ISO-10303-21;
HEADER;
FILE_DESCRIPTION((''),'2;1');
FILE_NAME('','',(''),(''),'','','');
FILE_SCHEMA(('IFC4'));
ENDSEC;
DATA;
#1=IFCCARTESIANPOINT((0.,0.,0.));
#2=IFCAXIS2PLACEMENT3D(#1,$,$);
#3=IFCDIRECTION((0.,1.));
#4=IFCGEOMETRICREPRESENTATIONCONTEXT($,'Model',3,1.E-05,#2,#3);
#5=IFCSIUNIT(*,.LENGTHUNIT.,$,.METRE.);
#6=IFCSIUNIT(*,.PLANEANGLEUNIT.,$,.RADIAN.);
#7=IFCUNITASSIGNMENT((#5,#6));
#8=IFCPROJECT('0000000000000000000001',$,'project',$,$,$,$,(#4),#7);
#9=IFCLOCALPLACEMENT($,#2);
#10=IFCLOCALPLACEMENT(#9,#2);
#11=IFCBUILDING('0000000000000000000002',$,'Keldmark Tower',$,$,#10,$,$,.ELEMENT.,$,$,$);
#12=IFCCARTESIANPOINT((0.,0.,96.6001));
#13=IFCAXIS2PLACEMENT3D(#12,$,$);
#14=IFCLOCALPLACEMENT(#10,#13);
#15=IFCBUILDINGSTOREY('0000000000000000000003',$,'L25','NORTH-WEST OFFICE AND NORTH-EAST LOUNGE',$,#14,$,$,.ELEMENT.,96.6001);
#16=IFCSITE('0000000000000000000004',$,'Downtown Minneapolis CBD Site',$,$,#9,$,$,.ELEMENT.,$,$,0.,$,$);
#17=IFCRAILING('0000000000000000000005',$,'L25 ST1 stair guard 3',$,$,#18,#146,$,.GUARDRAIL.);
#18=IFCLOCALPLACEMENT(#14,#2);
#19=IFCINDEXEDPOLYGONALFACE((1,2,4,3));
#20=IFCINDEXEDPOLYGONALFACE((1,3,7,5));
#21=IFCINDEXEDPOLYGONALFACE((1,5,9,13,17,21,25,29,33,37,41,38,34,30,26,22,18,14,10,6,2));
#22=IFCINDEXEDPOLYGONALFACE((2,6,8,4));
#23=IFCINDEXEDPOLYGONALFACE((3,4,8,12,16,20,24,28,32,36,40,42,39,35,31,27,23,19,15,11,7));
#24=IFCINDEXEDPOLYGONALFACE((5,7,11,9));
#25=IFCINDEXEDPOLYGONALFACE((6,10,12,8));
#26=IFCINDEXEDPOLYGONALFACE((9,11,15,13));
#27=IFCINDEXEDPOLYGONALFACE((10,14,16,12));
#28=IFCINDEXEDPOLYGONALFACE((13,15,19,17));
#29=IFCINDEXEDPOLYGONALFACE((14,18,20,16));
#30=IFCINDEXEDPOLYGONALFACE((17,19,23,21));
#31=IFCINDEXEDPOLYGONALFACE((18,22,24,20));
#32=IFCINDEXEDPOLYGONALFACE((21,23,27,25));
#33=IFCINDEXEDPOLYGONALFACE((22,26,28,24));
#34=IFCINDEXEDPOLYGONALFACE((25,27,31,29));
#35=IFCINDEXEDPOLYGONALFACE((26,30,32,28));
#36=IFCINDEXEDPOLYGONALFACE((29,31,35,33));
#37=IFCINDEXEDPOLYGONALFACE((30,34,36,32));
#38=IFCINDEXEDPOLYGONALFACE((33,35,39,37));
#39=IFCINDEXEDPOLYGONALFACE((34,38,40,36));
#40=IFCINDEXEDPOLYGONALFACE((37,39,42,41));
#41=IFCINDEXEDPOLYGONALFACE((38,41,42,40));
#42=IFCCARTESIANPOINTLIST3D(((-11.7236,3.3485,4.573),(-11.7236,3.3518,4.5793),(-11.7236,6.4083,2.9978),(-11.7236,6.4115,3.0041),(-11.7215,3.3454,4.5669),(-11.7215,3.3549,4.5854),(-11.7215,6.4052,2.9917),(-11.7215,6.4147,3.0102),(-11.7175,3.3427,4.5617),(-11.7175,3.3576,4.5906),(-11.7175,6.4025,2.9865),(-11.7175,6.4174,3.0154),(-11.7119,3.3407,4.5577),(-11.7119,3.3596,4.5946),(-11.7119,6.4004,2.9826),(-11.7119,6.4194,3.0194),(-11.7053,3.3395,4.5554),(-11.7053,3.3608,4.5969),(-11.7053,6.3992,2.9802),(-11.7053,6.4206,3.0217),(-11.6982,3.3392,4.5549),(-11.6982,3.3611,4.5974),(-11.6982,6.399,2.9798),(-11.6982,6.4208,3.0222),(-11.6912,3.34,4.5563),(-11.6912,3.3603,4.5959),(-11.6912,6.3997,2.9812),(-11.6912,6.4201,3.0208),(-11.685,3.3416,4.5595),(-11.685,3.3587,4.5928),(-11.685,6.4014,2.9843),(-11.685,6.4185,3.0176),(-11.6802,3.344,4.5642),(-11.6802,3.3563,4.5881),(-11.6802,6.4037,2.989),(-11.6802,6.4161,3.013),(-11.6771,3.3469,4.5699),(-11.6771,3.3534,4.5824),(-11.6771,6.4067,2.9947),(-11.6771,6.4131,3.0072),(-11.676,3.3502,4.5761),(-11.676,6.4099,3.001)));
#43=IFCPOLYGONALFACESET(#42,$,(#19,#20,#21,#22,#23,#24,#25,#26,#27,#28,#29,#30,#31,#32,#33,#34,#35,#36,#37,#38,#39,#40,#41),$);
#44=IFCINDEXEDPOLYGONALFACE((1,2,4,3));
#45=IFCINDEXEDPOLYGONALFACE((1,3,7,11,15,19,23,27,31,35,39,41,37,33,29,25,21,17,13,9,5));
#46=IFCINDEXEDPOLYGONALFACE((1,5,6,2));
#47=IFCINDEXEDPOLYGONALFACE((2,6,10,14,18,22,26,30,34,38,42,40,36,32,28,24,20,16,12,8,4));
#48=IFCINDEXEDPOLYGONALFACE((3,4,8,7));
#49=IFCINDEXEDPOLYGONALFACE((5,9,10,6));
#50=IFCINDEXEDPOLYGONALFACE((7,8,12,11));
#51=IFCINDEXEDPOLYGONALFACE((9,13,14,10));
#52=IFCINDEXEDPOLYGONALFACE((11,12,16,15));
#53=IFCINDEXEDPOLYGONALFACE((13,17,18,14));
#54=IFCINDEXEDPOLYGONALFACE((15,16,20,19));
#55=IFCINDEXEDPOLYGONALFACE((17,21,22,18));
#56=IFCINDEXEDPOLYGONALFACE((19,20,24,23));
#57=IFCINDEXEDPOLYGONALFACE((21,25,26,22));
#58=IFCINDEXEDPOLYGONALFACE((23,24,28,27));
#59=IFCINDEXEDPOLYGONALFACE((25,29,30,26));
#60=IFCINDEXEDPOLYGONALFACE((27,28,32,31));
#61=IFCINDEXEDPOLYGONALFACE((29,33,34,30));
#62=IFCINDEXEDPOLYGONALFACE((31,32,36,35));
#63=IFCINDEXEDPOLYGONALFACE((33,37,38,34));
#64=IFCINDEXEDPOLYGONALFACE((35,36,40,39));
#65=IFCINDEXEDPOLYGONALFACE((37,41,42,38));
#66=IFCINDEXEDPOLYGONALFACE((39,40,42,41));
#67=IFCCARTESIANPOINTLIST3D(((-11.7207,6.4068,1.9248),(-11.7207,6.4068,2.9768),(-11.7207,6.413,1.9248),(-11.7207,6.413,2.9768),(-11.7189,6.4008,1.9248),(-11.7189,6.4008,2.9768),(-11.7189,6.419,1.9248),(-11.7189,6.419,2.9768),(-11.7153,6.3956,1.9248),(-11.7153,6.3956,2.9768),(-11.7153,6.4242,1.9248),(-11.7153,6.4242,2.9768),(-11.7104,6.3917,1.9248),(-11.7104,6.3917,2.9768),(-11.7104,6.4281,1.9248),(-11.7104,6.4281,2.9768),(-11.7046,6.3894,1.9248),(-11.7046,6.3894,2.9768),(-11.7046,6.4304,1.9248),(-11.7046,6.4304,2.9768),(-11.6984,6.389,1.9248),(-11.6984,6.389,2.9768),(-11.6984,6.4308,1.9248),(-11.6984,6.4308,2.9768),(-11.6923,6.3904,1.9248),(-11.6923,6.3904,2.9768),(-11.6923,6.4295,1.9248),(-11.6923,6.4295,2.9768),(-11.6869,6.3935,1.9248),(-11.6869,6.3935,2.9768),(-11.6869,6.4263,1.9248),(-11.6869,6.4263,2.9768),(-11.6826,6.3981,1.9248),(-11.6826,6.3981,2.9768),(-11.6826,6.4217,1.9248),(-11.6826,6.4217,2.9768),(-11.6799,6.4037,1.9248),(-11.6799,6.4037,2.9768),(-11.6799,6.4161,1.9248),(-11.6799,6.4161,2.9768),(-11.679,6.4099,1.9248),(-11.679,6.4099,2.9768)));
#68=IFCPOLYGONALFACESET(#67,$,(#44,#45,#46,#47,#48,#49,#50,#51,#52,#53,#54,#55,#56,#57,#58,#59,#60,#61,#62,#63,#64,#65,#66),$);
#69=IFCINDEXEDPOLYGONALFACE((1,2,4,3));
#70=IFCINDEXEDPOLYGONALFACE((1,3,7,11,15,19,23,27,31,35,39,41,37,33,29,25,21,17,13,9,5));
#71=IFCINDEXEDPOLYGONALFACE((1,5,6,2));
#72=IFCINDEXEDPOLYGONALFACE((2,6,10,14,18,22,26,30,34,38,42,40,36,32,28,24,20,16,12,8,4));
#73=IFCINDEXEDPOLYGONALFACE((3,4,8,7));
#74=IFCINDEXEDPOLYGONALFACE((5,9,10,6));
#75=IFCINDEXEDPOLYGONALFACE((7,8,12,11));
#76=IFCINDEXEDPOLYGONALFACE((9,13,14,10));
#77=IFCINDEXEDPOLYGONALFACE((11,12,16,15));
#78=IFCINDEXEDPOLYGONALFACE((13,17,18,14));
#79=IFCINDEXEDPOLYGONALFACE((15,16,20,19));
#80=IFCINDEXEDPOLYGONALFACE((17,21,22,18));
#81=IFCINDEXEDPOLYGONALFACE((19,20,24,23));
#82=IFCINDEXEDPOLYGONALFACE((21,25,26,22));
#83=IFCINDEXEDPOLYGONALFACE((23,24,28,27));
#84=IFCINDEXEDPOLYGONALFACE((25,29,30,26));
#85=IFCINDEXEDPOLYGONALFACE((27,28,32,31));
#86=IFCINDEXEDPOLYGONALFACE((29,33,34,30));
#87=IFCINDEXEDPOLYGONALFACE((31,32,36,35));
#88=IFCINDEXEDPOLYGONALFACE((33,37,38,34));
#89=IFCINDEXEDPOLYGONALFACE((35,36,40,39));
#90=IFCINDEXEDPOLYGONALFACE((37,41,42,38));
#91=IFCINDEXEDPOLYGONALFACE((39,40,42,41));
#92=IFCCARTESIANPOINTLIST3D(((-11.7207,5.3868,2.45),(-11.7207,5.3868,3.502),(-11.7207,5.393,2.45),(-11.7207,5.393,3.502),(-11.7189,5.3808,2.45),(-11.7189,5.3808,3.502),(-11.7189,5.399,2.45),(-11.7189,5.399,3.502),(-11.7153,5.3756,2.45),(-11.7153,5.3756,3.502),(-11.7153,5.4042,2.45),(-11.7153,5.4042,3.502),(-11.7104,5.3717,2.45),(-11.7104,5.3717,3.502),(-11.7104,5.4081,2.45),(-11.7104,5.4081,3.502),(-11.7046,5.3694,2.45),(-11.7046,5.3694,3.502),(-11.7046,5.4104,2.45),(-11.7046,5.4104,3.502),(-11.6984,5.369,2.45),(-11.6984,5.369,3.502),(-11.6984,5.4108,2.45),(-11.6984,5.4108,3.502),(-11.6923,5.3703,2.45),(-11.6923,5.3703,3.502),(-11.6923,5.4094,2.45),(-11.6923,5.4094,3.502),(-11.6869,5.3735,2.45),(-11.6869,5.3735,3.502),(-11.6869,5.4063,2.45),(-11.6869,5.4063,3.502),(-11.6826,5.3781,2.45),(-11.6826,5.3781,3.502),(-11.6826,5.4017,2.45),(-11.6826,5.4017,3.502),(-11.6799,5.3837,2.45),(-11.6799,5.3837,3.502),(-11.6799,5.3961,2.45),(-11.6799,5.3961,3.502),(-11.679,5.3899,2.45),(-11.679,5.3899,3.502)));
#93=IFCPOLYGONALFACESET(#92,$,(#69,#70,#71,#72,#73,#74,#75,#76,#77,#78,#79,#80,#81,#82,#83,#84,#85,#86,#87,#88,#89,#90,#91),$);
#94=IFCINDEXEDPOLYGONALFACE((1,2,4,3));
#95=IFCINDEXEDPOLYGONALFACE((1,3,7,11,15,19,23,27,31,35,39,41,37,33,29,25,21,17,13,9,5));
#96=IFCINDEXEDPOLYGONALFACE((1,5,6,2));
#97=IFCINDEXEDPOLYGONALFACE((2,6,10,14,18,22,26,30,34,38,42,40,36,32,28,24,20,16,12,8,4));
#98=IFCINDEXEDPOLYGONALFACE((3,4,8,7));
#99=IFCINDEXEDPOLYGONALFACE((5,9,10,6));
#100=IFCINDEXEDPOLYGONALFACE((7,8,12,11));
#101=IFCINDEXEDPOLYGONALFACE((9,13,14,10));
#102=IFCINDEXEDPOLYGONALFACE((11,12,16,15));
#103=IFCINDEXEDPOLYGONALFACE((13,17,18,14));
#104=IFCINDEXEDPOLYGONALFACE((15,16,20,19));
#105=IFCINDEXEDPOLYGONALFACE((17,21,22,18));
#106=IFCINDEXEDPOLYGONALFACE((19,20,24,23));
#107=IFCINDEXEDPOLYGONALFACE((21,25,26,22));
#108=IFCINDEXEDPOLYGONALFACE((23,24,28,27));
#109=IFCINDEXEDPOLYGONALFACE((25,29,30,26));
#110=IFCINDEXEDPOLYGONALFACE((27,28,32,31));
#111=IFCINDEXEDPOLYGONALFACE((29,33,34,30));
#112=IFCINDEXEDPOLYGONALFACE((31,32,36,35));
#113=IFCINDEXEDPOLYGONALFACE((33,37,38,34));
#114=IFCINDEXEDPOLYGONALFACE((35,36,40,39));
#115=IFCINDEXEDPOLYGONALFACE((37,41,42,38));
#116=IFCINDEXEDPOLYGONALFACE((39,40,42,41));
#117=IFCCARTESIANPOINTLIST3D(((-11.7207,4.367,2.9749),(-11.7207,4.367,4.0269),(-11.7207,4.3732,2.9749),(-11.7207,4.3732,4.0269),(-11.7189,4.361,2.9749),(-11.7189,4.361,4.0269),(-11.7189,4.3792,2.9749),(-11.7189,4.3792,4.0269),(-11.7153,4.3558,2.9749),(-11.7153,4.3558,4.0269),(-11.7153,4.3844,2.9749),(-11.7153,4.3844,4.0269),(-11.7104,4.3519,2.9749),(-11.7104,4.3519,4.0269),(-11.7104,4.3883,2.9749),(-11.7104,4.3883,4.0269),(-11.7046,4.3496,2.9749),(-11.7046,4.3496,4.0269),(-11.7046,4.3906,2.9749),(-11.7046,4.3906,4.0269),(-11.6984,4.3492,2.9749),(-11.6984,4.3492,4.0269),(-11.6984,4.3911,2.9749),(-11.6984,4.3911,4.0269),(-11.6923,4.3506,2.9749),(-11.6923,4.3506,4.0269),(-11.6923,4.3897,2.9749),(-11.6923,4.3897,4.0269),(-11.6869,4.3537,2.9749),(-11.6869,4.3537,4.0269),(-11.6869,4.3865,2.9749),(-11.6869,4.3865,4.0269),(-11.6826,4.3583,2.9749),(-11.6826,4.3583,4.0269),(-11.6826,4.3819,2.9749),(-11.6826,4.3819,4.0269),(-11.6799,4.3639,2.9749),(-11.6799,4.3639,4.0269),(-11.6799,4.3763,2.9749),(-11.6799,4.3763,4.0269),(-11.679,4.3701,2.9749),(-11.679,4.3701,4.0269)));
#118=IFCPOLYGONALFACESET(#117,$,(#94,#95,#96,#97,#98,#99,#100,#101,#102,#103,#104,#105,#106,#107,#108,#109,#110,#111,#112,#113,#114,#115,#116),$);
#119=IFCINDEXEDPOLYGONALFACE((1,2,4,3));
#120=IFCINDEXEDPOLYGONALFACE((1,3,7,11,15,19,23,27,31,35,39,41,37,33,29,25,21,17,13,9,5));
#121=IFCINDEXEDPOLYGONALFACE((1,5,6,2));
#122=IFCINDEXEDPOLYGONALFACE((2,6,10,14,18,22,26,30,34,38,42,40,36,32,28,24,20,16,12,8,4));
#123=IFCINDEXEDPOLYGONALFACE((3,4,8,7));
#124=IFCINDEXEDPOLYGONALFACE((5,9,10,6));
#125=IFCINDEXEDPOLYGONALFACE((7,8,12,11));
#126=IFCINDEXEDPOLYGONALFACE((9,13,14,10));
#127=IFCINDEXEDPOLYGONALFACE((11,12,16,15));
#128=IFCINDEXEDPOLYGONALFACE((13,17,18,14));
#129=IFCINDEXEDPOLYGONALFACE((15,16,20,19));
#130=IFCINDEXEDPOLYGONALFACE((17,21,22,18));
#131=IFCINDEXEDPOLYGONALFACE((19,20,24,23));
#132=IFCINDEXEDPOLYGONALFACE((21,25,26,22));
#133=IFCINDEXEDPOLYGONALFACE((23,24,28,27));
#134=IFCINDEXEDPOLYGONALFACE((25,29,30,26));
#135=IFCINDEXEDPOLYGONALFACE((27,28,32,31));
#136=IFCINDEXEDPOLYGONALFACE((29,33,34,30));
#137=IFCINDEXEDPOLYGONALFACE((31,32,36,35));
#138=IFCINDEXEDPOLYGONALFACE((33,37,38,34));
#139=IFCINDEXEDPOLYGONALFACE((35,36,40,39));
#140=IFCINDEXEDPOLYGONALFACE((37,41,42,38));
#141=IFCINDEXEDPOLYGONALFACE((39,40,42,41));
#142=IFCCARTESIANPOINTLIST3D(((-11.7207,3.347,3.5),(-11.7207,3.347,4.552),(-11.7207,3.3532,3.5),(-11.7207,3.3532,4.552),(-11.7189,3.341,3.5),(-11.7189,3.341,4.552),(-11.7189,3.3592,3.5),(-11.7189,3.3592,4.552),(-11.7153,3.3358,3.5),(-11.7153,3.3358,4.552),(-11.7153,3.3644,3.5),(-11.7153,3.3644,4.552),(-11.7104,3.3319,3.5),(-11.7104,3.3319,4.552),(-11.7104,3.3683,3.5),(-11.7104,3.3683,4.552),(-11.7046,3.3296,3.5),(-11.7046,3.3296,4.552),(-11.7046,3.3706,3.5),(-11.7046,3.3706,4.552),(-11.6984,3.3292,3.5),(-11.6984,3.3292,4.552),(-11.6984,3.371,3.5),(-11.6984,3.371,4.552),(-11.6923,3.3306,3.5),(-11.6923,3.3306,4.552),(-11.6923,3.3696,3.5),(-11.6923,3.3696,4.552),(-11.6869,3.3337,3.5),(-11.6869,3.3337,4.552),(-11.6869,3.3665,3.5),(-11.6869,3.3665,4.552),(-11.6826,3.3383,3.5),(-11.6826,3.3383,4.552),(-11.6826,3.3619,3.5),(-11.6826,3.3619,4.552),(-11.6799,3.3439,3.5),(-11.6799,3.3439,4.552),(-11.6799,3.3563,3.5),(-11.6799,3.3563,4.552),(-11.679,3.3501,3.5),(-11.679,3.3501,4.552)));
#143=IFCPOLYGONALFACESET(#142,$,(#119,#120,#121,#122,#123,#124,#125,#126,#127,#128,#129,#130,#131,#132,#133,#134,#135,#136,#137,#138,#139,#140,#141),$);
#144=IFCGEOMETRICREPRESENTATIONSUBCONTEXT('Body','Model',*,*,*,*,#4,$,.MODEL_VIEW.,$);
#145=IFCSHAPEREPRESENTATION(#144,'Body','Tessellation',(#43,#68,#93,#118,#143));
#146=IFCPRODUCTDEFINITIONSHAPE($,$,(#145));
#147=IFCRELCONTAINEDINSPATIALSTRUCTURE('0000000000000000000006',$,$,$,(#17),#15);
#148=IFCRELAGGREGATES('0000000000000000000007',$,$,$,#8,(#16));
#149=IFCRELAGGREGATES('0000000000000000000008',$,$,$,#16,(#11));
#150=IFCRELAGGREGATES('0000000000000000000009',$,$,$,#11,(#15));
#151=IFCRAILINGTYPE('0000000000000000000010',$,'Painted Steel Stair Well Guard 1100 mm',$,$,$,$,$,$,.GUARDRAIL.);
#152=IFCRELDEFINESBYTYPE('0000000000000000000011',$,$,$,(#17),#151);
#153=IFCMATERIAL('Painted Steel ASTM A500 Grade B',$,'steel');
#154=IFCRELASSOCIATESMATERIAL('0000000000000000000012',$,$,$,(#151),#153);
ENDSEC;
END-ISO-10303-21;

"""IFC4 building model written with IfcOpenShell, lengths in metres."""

from ifc_helpers import new_model, si_unit, direction, frame, origin, origin_2d, place, context, subcontext, project, spatial, circle, extrude, material, type_object, element, save


model = new_model("IFC4")

# Units and contexts
model_context = context("Model", 3, precision=1e-05, world=origin(), true_north=direction((0.0, 1.0)))
body_context = subcontext(model_context, "Body", "Model", "MODEL_VIEW")
ifc_project = project(units=[si_unit("LENGTHUNIT", "METRE"), si_unit("PLANEANGLEUNIT", "RADIAN")], contexts=[model_context])

# Site, building, storey
site_placement = place(None, origin())
site = spatial("IfcSite", under=ifc_project, at=site_placement, Name="Downtown Minneapolis CBD Site", CompositionType="ELEMENT", RefElevation=0.0)
building_placement = place(site_placement, origin())
building = spatial("IfcBuilding", under=site, at=building_placement, Name="Keldmark Tower", CompositionType="ELEMENT")
storey_placement = place(building_placement, frame((0.0, 0.0, 96.6001)))
storey = spatial("IfcBuildingStorey", under=building, at=storey_placement, Name="L25", Description="NORTH-WEST OFFICE AND NORTH-EAST LOUNGE", CompositionType="ELEMENT", Elevation=96.6001)

# Railing
ifc_material_1 = material(Name="Painted Steel ASTM A500 Grade B", Category="steel")
railing_type_1 = type_object("IfcRailingType", Name="Painted Steel Stair Well Guard 1100 mm", PredefinedType="GUARDRAIL", material=ifc_material_1)
railing_1_placement = place(storey_placement, frame((-11.7, 6.4099, 1.9248)))
element("IfcRailing", 1, at=railing_1_placement, inside=storey, type_object=railing_type_1, Name="L25 ST1 stair guard 3", PredefinedType="GUARDRAIL", context=body_context, shape_type="SweptSolid", body=[
    extrude(circle(Radius=0.0239, at=origin_2d()), frame((0.0, 0.0, 1.0762), z_axis=(0.0, -0.889101, 0.45771), x_axis=(1.0, 0.0, 0.0)), (0.0, 0.0, 1.0), 3.4414),
    extrude(circle(Radius=0.021, at=origin_2d()), origin(), (0.0, 0.0, 1.0), 1.052),
    extrude(circle(Radius=0.021, at=origin_2d()), frame((0.0, -1.02, 0.5251)), (0.0, 0.0, 1.0), 1.052),
    extrude(circle(Radius=0.021, at=origin_2d()), frame((0.0, -2.0398, 1.05)), (0.0, 0.0, 1.0), 1.052),
    extrude(circle(Radius=0.021, at=origin_2d()), frame((0.0, -3.0598, 1.5752)), (0.0, 0.0, 1.0), 1.052),
])

save(model, "model.ifc")
